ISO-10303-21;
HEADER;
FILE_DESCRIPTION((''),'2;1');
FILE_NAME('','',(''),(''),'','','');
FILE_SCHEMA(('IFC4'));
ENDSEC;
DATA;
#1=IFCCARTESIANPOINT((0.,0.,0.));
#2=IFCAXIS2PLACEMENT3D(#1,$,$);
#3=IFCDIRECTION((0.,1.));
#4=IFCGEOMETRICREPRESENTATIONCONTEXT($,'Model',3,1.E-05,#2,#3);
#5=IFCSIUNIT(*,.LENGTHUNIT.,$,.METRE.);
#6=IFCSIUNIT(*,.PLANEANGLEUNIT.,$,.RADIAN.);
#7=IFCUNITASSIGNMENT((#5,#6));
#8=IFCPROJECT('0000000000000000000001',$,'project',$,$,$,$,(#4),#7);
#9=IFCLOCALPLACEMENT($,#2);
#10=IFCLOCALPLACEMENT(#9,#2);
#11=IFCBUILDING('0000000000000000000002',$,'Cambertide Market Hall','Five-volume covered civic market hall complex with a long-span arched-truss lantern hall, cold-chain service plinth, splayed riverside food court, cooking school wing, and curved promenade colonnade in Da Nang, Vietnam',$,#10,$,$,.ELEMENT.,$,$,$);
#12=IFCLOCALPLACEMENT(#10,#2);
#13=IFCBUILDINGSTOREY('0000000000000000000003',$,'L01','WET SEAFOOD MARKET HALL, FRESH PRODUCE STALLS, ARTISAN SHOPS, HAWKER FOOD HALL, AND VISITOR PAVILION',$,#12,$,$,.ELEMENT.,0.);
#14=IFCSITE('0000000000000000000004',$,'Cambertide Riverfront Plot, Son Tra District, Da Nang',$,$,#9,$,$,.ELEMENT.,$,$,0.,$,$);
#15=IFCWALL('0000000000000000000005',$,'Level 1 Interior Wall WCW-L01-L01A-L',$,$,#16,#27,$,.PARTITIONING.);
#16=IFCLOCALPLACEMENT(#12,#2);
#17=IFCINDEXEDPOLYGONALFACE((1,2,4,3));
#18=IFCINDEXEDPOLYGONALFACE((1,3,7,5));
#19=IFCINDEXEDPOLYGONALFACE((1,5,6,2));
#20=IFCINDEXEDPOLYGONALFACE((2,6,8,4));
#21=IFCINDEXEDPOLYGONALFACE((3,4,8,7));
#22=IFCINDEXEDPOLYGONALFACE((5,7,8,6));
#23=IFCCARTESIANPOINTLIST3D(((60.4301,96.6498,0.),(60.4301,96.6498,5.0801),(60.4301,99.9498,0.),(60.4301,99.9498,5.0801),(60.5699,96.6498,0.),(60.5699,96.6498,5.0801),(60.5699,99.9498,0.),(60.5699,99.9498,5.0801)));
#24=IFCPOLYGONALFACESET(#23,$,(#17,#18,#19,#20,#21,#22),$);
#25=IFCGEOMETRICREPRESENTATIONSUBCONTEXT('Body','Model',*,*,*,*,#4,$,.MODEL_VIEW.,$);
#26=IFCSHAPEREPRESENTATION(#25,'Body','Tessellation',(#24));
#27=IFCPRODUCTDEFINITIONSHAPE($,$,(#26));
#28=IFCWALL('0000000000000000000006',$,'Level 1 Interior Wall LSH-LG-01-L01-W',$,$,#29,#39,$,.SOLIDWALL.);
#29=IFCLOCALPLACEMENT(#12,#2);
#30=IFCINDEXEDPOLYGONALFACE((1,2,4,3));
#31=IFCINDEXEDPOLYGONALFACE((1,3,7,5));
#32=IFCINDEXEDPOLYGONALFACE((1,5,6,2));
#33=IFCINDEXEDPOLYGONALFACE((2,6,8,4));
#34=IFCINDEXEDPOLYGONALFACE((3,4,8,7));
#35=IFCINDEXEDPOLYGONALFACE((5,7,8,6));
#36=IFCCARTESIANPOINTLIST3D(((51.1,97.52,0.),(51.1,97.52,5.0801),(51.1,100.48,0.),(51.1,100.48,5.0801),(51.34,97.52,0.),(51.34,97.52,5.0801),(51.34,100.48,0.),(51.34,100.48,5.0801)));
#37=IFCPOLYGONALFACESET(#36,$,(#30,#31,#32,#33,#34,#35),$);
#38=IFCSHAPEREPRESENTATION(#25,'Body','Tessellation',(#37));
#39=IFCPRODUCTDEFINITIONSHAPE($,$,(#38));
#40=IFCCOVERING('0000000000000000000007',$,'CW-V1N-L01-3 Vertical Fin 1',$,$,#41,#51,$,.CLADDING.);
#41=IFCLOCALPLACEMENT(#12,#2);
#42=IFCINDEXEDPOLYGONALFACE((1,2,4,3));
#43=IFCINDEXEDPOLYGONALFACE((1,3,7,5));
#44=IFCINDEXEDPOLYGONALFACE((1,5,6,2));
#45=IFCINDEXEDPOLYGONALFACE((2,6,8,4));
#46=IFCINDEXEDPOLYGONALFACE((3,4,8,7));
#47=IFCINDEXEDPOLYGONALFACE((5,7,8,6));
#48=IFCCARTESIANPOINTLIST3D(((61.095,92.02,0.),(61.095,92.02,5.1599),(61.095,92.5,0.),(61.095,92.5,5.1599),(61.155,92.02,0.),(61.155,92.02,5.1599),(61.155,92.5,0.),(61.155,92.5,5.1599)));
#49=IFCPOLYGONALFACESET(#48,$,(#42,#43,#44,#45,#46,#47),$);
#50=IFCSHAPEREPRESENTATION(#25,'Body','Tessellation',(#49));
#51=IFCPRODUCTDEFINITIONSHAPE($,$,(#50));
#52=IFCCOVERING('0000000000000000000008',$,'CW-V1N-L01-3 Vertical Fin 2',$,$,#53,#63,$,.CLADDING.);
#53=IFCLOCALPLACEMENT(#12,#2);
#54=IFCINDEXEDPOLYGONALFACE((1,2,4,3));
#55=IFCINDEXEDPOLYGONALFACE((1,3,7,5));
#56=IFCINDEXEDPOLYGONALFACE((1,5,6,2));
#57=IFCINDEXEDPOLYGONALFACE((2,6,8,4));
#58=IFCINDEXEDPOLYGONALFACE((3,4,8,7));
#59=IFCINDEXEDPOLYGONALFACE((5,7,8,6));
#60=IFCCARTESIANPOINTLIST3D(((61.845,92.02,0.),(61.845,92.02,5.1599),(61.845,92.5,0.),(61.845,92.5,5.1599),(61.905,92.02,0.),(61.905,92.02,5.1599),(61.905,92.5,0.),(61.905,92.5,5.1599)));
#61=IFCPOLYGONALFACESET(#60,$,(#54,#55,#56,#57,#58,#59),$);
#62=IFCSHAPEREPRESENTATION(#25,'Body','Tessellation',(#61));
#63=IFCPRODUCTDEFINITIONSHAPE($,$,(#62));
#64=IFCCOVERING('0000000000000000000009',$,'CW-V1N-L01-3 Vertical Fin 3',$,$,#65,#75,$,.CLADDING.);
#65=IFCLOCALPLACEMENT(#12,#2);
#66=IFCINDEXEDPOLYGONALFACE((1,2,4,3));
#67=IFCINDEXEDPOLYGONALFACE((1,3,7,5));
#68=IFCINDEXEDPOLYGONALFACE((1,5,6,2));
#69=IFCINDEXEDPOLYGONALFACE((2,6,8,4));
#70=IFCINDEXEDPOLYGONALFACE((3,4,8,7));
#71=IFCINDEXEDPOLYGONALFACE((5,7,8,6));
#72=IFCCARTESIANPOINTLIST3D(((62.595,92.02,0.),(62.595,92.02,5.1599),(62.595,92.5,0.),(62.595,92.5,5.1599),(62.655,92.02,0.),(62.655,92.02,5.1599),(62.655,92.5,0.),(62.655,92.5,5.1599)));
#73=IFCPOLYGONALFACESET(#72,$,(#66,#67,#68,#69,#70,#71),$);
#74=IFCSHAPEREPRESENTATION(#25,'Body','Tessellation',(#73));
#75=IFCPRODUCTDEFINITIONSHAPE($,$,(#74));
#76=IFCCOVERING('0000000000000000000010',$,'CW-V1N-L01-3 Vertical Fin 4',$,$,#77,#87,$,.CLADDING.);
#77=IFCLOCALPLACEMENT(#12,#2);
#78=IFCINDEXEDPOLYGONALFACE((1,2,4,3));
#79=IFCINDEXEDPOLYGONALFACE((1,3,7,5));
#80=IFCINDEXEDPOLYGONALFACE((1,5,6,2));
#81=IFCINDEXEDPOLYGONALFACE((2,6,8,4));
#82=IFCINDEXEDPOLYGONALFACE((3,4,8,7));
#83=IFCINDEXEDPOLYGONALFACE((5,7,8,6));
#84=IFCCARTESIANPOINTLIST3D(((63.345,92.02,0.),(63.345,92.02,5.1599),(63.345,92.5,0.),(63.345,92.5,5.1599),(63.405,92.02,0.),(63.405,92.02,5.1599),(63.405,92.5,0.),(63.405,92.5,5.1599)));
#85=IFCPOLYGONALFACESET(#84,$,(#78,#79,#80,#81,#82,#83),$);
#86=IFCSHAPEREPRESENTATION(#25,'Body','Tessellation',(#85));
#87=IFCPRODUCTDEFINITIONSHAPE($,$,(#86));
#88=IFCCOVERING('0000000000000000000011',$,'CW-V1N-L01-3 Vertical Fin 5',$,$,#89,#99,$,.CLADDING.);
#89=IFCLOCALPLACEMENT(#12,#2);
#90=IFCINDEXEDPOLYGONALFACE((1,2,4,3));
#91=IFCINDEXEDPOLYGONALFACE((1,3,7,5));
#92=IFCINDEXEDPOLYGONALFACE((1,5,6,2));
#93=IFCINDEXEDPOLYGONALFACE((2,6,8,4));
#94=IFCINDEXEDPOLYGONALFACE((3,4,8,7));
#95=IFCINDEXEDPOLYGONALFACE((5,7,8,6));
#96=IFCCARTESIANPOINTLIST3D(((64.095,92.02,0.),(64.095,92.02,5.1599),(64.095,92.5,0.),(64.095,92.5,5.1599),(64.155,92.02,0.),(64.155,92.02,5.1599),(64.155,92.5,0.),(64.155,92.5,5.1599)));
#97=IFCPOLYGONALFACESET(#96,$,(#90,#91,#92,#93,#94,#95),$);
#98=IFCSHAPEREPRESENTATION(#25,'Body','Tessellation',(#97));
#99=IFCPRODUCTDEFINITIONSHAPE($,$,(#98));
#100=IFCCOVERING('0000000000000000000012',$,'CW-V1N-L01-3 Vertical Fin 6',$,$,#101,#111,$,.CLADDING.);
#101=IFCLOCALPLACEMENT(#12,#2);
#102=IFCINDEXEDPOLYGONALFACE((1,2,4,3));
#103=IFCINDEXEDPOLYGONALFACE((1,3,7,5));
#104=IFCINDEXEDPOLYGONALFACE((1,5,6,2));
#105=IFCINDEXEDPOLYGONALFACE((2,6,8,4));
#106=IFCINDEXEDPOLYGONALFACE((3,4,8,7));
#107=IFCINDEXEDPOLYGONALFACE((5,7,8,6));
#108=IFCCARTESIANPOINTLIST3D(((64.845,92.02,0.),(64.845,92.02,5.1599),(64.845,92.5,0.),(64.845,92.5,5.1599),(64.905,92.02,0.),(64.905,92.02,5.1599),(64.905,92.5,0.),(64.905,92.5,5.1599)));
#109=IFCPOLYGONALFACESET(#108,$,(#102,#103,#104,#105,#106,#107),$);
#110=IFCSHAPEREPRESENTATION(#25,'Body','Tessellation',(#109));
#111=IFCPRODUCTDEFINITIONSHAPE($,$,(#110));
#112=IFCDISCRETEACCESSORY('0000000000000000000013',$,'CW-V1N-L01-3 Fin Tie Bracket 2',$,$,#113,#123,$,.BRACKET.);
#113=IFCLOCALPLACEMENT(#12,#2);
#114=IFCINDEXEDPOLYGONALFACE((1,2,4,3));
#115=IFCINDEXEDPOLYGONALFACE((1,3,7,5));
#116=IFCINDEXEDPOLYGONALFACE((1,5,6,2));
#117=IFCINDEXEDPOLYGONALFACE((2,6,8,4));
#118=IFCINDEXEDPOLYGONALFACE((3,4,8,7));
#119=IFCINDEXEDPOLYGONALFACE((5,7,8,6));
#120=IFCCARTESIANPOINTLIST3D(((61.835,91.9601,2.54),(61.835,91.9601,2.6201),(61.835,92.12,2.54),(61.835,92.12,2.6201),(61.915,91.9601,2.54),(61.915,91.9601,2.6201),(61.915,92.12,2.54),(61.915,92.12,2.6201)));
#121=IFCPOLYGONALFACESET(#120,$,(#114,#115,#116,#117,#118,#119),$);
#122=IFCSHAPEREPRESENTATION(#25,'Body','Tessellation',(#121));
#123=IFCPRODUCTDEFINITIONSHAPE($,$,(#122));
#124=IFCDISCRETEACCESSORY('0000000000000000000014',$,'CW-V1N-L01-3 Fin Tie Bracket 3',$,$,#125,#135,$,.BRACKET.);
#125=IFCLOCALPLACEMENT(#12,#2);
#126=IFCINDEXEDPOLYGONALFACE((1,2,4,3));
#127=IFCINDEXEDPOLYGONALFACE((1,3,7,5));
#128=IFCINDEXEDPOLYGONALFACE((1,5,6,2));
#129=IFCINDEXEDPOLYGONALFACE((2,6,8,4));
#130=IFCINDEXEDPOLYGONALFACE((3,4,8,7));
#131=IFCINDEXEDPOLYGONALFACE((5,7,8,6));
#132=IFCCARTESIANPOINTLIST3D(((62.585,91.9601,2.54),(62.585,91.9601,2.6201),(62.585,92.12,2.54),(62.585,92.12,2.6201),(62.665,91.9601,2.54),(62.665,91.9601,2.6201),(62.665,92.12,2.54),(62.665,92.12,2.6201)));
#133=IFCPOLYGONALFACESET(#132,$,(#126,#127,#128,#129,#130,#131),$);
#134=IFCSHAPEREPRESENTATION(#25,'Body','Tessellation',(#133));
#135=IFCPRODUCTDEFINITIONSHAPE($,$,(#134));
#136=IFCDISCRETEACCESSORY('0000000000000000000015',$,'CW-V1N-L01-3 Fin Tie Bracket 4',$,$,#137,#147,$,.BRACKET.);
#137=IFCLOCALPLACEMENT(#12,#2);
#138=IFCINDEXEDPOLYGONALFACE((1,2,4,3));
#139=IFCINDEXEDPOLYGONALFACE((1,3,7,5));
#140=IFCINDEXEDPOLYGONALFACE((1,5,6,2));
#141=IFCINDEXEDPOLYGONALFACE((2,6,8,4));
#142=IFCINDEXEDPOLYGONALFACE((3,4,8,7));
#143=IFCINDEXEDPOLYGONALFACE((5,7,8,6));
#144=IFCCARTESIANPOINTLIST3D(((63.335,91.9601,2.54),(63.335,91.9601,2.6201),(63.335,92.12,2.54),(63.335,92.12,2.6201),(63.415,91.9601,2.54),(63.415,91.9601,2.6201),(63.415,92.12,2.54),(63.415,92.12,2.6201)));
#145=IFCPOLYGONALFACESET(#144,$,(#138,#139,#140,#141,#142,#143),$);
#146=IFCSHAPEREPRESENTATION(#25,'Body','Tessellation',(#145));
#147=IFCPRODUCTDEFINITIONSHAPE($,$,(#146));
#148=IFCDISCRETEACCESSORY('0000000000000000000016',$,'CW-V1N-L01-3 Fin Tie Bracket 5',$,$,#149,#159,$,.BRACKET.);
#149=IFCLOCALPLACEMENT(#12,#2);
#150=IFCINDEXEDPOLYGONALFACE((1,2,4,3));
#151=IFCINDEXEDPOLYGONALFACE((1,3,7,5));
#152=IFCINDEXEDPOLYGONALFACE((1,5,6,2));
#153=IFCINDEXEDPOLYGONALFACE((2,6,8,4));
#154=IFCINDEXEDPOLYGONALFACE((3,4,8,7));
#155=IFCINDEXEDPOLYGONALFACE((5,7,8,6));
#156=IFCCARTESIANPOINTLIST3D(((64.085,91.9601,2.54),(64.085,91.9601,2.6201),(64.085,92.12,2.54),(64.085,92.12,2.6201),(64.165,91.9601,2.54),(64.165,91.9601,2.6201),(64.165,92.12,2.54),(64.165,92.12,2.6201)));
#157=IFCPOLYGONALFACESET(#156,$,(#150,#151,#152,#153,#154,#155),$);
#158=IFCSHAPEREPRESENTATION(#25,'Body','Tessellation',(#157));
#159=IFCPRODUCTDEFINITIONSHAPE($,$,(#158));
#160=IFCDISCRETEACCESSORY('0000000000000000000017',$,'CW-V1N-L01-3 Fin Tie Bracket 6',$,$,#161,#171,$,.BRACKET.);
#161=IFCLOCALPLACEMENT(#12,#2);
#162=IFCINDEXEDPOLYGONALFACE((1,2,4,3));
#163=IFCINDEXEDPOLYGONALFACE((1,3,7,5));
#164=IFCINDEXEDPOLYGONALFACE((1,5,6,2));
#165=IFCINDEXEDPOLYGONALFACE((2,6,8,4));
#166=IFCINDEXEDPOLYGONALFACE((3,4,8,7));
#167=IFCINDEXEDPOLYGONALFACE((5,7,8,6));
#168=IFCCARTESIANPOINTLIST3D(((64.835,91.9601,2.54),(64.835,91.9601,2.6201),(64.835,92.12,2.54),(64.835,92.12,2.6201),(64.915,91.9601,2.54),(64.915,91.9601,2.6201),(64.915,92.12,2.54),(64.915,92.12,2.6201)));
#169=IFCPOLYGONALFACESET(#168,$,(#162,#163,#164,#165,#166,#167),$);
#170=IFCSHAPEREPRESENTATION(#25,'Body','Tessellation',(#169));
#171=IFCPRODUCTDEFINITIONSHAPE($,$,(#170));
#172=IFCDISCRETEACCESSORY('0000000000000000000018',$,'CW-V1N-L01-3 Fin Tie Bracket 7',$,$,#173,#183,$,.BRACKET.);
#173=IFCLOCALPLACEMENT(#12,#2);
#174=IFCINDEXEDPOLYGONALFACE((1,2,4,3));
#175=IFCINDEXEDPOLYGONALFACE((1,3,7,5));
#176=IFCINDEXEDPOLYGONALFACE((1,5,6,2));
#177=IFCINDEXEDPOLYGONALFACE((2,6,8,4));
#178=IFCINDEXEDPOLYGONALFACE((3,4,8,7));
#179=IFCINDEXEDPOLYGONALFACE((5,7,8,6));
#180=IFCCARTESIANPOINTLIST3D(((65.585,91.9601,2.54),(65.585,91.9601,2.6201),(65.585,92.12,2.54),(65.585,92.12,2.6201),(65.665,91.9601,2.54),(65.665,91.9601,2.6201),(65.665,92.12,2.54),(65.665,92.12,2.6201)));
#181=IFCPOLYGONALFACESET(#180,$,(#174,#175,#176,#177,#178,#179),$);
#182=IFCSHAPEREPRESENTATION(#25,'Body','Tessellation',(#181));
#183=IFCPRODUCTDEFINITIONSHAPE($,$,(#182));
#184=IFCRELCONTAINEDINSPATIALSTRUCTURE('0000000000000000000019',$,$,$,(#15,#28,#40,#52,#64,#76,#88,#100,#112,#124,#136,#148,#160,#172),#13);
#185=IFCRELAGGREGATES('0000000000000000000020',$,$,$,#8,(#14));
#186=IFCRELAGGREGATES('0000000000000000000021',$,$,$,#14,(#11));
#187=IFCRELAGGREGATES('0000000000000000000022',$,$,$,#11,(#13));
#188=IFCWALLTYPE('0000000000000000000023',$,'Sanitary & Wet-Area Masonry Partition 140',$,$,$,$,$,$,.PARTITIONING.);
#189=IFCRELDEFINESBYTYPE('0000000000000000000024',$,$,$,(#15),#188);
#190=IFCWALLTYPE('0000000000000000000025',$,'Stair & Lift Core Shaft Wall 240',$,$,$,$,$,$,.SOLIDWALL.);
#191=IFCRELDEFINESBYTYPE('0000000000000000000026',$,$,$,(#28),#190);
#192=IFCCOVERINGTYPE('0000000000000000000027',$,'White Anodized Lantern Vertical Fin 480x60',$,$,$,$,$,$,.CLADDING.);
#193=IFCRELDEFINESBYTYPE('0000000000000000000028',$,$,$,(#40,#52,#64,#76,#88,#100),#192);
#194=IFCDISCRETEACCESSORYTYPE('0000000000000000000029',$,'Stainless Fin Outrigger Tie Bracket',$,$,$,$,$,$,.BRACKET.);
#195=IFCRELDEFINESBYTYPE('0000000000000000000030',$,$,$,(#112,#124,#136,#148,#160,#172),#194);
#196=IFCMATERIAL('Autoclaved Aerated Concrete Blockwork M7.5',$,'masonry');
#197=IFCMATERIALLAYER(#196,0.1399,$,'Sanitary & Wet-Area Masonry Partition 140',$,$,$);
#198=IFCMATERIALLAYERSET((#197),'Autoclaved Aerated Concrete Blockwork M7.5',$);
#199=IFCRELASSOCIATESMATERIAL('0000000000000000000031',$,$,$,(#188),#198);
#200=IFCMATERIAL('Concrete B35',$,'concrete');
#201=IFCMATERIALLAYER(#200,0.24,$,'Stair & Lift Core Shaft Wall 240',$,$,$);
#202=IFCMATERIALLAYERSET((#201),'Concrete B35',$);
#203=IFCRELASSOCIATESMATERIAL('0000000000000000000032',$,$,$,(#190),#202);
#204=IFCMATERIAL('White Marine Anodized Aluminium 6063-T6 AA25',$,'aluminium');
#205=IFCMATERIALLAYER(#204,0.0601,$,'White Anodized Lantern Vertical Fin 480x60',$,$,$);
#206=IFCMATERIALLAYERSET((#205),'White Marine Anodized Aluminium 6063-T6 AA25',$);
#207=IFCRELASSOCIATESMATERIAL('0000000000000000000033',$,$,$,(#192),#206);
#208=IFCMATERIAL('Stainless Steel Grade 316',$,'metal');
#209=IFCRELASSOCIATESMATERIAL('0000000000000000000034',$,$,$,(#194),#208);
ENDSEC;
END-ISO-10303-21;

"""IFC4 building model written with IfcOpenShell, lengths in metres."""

from ifc_helpers import new_model, si_unit, direction, frame, frame_2d, origin, origin_2d, place, context, subcontext, project, spatial, rectangle, extrude, material, layer, layer_set, type_object, element, save


model = new_model("IFC4")

# Units and contexts
model_context = context("Model", 3, precision=1e-05, world=origin(), true_north=direction((0.0, 1.0)))
body_context = subcontext(model_context, "Body", "Model", "MODEL_VIEW")
ifc_project = project(units=[si_unit("LENGTHUNIT", "METRE"), si_unit("PLANEANGLEUNIT", "RADIAN")], contexts=[model_context])

# Site, building, storey
site_placement = place(None, origin())
site = spatial("IfcSite", under=ifc_project, at=site_placement, Name="Cambertide Riverfront Plot, Son Tra District, Da Nang", CompositionType="ELEMENT", RefElevation=0.0)
building_placement = place(site_placement, origin())
building = spatial("IfcBuilding", under=site, at=building_placement, Name="Cambertide Market Hall", Description="Five-volume covered civic market hall complex with a long-span arched-truss lantern hall, cold-chain service plinth, splayed riverside food court, cooking school wing, and curved promenade colonnade in Da Nang, Vietnam", CompositionType="ELEMENT")
storey_placement = place(building_placement, origin())
storey = spatial("IfcBuildingStorey", under=building, at=storey_placement, Name="L01", Description="WET SEAFOOD MARKET HALL, FRESH PRODUCE STALLS, ARTISAN SHOPS, HAWKER FOOD HALL, AND VISITOR PAVILION", CompositionType="ELEMENT", Elevation=0.0)

# Walls
ifc_material_1 = material(Name="Autoclaved Aerated Concrete Blockwork M7.5", Category="masonry")
ifc_layer_1 = layer(ifc_material_1, 0.1399, Name="Sanitary & Wet-Area Masonry Partition 140")
ifc_layer_set_1 = layer_set([ifc_layer_1], Name="Autoclaved Aerated Concrete Blockwork M7.5")
wall_type_1 = type_object("IfcWallType", Name="Sanitary & Wet-Area Masonry Partition 140", PredefinedType="PARTITIONING", material=ifc_layer_set_1)
for number, where, z_axis, x_axis, name in (
    (1, (60.5, 96.6499, 0.0), (0.0, 0.0, 1.0), (0.0, 1.0, 0.0), "Level 1 Interior Wall WCW-L01-L01A-L"),
):
    element("IfcWall", number, at=place(storey_placement, frame(where, z_axis=z_axis, x_axis=x_axis)), inside=storey, type_object=wall_type_1, Name=name, PredefinedType="PARTITIONING", context=body_context, shape_type="SweptSolid", body=[
        extrude(rectangle(XDim=3.3, YDim=0.1399, at=frame_2d((1.6499, 0.0))), origin(), (0.0, 0.0, 1.0), 5.0801),
    ])
ifc_material_2 = material(Name="Concrete B35", Category="concrete")
ifc_layer_2 = layer(ifc_material_2, 0.24, Name="Stair & Lift Core Shaft Wall 240")
ifc_layer_set_2 = layer_set([ifc_layer_2], Name="Concrete B35")
wall_type_2 = type_object("IfcWallType", Name="Stair & Lift Core Shaft Wall 240", PredefinedType="SOLIDWALL", material=ifc_layer_set_2)
wall_1_placement = place(storey_placement, frame((51.22, 97.52, 0.0), z_axis=(0.0, 0.0, 1.0), x_axis=(0.0, 1.0, 0.0)))
element("IfcWall", 2, at=wall_1_placement, inside=storey, type_object=wall_type_2, Name="Level 1 Interior Wall LSH-LG-01-L01-W", PredefinedType="SOLIDWALL", context=body_context, shape_type="SweptSolid", body=[
    extrude(rectangle(XDim=2.96, YDim=0.24, at=frame_2d((1.48, 0.0))), origin(), (0.0, 0.0, 1.0), 5.0801),
])

# Coverings
ifc_material_3 = material(Name="White Marine Anodized Aluminium 6063-T6 AA25", Category="aluminium")
ifc_layer_3 = layer(ifc_material_3, 0.0601, Name="White Anodized Lantern Vertical Fin 480x60")
ifc_layer_set_3 = layer_set([ifc_layer_3], Name="White Marine Anodized Aluminium 6063-T6 AA25")
covering_type = type_object("IfcCoveringType", Name="White Anodized Lantern Vertical Fin 480x60", PredefinedType="CLADDING", material=ifc_layer_set_3)
for number, where, z_axis, x_axis, name in (
    (3, (61.125, 92.26, 0.0), (0.0, 0.0, 1.0), (1.0, 0.0, 0.0), "CW-V1N-L01-3 Vertical Fin 1"),
    (4, (61.875, 92.26, 0.0), (0.0, 0.0, 1.0), (1.0, 0.0, 0.0), "CW-V1N-L01-3 Vertical Fin 2"),
    (5, (62.625, 92.26, 0.0), (0.0, 0.0, 1.0), (1.0, 0.0, 0.0), "CW-V1N-L01-3 Vertical Fin 3"),
    (6, (63.375, 92.26, 0.0), (0.0, 0.0, 1.0), (1.0, 0.0, 0.0), "CW-V1N-L01-3 Vertical Fin 4"),
    (7, (64.125, 92.26, 0.0), (0.0, 0.0, 1.0), (1.0, 0.0, 0.0), "CW-V1N-L01-3 Vertical Fin 5"),
    (8, (64.875, 92.26, 0.0), (0.0, 0.0, 1.0), (1.0, 0.0, 0.0), "CW-V1N-L01-3 Vertical Fin 6"),
):
    element("IfcCovering", number, at=place(storey_placement, frame(where, z_axis=z_axis, x_axis=x_axis)), inside=storey, type_object=covering_type, Name=name, PredefinedType="CLADDING", context=body_context, shape_type="SweptSolid", body=[
        extrude(rectangle(XDim=0.0601, YDim=0.48, at=origin_2d()), origin(), (0.0, 0.0, 1.0), 5.1599),
    ])

# Discrete accessories
ifc_material_4 = material(Name="Stainless Steel Grade 316", Category="metal")
discrete_accessory_type = type_object("IfcDiscreteAccessoryType", Name="Stainless Fin Outrigger Tie Bracket", PredefinedType="BRACKET", material=ifc_material_4)
for number, where, z_axis, x_axis, name in (
    (9, (61.875, 92.04, 2.54), (0.0, 0.0, 1.0), (1.0, 0.0, 0.0), "CW-V1N-L01-3 Fin Tie Bracket 2"),
    (10, (62.625, 92.04, 2.54), (0.0, 0.0, 1.0), (1.0, 0.0, 0.0), "CW-V1N-L01-3 Fin Tie Bracket 3"),
    (11, (63.375, 92.04, 2.54), (0.0, 0.0, 1.0), (1.0, 0.0, 0.0), "CW-V1N-L01-3 Fin Tie Bracket 4"),
    (12, (64.125, 92.04, 2.54), (0.0, 0.0, 1.0), (1.0, 0.0, 0.0), "CW-V1N-L01-3 Fin Tie Bracket 5"),
    (13, (64.875, 92.04, 2.54), (0.0, 0.0, 1.0), (1.0, 0.0, 0.0), "CW-V1N-L01-3 Fin Tie Bracket 6"),
    (14, (65.625, 92.04, 2.54), (0.0, 0.0, 1.0), (1.0, 0.0, 0.0), "CW-V1N-L01-3 Fin Tie Bracket 7"),
):
    element("IfcDiscreteAccessory", number, at=place(storey_placement, frame(where, z_axis=z_axis, x_axis=x_axis)), inside=storey, type_object=discrete_accessory_type, Name=name, PredefinedType="BRACKET", context=body_context, shape_type="SweptSolid", body=[
        extrude(rectangle(XDim=0.0801, YDim=0.1599, at=origin_2d()), origin(), (0.0, 0.0, 1.0), 0.0801),
    ])

save(model, "model.ifc")
